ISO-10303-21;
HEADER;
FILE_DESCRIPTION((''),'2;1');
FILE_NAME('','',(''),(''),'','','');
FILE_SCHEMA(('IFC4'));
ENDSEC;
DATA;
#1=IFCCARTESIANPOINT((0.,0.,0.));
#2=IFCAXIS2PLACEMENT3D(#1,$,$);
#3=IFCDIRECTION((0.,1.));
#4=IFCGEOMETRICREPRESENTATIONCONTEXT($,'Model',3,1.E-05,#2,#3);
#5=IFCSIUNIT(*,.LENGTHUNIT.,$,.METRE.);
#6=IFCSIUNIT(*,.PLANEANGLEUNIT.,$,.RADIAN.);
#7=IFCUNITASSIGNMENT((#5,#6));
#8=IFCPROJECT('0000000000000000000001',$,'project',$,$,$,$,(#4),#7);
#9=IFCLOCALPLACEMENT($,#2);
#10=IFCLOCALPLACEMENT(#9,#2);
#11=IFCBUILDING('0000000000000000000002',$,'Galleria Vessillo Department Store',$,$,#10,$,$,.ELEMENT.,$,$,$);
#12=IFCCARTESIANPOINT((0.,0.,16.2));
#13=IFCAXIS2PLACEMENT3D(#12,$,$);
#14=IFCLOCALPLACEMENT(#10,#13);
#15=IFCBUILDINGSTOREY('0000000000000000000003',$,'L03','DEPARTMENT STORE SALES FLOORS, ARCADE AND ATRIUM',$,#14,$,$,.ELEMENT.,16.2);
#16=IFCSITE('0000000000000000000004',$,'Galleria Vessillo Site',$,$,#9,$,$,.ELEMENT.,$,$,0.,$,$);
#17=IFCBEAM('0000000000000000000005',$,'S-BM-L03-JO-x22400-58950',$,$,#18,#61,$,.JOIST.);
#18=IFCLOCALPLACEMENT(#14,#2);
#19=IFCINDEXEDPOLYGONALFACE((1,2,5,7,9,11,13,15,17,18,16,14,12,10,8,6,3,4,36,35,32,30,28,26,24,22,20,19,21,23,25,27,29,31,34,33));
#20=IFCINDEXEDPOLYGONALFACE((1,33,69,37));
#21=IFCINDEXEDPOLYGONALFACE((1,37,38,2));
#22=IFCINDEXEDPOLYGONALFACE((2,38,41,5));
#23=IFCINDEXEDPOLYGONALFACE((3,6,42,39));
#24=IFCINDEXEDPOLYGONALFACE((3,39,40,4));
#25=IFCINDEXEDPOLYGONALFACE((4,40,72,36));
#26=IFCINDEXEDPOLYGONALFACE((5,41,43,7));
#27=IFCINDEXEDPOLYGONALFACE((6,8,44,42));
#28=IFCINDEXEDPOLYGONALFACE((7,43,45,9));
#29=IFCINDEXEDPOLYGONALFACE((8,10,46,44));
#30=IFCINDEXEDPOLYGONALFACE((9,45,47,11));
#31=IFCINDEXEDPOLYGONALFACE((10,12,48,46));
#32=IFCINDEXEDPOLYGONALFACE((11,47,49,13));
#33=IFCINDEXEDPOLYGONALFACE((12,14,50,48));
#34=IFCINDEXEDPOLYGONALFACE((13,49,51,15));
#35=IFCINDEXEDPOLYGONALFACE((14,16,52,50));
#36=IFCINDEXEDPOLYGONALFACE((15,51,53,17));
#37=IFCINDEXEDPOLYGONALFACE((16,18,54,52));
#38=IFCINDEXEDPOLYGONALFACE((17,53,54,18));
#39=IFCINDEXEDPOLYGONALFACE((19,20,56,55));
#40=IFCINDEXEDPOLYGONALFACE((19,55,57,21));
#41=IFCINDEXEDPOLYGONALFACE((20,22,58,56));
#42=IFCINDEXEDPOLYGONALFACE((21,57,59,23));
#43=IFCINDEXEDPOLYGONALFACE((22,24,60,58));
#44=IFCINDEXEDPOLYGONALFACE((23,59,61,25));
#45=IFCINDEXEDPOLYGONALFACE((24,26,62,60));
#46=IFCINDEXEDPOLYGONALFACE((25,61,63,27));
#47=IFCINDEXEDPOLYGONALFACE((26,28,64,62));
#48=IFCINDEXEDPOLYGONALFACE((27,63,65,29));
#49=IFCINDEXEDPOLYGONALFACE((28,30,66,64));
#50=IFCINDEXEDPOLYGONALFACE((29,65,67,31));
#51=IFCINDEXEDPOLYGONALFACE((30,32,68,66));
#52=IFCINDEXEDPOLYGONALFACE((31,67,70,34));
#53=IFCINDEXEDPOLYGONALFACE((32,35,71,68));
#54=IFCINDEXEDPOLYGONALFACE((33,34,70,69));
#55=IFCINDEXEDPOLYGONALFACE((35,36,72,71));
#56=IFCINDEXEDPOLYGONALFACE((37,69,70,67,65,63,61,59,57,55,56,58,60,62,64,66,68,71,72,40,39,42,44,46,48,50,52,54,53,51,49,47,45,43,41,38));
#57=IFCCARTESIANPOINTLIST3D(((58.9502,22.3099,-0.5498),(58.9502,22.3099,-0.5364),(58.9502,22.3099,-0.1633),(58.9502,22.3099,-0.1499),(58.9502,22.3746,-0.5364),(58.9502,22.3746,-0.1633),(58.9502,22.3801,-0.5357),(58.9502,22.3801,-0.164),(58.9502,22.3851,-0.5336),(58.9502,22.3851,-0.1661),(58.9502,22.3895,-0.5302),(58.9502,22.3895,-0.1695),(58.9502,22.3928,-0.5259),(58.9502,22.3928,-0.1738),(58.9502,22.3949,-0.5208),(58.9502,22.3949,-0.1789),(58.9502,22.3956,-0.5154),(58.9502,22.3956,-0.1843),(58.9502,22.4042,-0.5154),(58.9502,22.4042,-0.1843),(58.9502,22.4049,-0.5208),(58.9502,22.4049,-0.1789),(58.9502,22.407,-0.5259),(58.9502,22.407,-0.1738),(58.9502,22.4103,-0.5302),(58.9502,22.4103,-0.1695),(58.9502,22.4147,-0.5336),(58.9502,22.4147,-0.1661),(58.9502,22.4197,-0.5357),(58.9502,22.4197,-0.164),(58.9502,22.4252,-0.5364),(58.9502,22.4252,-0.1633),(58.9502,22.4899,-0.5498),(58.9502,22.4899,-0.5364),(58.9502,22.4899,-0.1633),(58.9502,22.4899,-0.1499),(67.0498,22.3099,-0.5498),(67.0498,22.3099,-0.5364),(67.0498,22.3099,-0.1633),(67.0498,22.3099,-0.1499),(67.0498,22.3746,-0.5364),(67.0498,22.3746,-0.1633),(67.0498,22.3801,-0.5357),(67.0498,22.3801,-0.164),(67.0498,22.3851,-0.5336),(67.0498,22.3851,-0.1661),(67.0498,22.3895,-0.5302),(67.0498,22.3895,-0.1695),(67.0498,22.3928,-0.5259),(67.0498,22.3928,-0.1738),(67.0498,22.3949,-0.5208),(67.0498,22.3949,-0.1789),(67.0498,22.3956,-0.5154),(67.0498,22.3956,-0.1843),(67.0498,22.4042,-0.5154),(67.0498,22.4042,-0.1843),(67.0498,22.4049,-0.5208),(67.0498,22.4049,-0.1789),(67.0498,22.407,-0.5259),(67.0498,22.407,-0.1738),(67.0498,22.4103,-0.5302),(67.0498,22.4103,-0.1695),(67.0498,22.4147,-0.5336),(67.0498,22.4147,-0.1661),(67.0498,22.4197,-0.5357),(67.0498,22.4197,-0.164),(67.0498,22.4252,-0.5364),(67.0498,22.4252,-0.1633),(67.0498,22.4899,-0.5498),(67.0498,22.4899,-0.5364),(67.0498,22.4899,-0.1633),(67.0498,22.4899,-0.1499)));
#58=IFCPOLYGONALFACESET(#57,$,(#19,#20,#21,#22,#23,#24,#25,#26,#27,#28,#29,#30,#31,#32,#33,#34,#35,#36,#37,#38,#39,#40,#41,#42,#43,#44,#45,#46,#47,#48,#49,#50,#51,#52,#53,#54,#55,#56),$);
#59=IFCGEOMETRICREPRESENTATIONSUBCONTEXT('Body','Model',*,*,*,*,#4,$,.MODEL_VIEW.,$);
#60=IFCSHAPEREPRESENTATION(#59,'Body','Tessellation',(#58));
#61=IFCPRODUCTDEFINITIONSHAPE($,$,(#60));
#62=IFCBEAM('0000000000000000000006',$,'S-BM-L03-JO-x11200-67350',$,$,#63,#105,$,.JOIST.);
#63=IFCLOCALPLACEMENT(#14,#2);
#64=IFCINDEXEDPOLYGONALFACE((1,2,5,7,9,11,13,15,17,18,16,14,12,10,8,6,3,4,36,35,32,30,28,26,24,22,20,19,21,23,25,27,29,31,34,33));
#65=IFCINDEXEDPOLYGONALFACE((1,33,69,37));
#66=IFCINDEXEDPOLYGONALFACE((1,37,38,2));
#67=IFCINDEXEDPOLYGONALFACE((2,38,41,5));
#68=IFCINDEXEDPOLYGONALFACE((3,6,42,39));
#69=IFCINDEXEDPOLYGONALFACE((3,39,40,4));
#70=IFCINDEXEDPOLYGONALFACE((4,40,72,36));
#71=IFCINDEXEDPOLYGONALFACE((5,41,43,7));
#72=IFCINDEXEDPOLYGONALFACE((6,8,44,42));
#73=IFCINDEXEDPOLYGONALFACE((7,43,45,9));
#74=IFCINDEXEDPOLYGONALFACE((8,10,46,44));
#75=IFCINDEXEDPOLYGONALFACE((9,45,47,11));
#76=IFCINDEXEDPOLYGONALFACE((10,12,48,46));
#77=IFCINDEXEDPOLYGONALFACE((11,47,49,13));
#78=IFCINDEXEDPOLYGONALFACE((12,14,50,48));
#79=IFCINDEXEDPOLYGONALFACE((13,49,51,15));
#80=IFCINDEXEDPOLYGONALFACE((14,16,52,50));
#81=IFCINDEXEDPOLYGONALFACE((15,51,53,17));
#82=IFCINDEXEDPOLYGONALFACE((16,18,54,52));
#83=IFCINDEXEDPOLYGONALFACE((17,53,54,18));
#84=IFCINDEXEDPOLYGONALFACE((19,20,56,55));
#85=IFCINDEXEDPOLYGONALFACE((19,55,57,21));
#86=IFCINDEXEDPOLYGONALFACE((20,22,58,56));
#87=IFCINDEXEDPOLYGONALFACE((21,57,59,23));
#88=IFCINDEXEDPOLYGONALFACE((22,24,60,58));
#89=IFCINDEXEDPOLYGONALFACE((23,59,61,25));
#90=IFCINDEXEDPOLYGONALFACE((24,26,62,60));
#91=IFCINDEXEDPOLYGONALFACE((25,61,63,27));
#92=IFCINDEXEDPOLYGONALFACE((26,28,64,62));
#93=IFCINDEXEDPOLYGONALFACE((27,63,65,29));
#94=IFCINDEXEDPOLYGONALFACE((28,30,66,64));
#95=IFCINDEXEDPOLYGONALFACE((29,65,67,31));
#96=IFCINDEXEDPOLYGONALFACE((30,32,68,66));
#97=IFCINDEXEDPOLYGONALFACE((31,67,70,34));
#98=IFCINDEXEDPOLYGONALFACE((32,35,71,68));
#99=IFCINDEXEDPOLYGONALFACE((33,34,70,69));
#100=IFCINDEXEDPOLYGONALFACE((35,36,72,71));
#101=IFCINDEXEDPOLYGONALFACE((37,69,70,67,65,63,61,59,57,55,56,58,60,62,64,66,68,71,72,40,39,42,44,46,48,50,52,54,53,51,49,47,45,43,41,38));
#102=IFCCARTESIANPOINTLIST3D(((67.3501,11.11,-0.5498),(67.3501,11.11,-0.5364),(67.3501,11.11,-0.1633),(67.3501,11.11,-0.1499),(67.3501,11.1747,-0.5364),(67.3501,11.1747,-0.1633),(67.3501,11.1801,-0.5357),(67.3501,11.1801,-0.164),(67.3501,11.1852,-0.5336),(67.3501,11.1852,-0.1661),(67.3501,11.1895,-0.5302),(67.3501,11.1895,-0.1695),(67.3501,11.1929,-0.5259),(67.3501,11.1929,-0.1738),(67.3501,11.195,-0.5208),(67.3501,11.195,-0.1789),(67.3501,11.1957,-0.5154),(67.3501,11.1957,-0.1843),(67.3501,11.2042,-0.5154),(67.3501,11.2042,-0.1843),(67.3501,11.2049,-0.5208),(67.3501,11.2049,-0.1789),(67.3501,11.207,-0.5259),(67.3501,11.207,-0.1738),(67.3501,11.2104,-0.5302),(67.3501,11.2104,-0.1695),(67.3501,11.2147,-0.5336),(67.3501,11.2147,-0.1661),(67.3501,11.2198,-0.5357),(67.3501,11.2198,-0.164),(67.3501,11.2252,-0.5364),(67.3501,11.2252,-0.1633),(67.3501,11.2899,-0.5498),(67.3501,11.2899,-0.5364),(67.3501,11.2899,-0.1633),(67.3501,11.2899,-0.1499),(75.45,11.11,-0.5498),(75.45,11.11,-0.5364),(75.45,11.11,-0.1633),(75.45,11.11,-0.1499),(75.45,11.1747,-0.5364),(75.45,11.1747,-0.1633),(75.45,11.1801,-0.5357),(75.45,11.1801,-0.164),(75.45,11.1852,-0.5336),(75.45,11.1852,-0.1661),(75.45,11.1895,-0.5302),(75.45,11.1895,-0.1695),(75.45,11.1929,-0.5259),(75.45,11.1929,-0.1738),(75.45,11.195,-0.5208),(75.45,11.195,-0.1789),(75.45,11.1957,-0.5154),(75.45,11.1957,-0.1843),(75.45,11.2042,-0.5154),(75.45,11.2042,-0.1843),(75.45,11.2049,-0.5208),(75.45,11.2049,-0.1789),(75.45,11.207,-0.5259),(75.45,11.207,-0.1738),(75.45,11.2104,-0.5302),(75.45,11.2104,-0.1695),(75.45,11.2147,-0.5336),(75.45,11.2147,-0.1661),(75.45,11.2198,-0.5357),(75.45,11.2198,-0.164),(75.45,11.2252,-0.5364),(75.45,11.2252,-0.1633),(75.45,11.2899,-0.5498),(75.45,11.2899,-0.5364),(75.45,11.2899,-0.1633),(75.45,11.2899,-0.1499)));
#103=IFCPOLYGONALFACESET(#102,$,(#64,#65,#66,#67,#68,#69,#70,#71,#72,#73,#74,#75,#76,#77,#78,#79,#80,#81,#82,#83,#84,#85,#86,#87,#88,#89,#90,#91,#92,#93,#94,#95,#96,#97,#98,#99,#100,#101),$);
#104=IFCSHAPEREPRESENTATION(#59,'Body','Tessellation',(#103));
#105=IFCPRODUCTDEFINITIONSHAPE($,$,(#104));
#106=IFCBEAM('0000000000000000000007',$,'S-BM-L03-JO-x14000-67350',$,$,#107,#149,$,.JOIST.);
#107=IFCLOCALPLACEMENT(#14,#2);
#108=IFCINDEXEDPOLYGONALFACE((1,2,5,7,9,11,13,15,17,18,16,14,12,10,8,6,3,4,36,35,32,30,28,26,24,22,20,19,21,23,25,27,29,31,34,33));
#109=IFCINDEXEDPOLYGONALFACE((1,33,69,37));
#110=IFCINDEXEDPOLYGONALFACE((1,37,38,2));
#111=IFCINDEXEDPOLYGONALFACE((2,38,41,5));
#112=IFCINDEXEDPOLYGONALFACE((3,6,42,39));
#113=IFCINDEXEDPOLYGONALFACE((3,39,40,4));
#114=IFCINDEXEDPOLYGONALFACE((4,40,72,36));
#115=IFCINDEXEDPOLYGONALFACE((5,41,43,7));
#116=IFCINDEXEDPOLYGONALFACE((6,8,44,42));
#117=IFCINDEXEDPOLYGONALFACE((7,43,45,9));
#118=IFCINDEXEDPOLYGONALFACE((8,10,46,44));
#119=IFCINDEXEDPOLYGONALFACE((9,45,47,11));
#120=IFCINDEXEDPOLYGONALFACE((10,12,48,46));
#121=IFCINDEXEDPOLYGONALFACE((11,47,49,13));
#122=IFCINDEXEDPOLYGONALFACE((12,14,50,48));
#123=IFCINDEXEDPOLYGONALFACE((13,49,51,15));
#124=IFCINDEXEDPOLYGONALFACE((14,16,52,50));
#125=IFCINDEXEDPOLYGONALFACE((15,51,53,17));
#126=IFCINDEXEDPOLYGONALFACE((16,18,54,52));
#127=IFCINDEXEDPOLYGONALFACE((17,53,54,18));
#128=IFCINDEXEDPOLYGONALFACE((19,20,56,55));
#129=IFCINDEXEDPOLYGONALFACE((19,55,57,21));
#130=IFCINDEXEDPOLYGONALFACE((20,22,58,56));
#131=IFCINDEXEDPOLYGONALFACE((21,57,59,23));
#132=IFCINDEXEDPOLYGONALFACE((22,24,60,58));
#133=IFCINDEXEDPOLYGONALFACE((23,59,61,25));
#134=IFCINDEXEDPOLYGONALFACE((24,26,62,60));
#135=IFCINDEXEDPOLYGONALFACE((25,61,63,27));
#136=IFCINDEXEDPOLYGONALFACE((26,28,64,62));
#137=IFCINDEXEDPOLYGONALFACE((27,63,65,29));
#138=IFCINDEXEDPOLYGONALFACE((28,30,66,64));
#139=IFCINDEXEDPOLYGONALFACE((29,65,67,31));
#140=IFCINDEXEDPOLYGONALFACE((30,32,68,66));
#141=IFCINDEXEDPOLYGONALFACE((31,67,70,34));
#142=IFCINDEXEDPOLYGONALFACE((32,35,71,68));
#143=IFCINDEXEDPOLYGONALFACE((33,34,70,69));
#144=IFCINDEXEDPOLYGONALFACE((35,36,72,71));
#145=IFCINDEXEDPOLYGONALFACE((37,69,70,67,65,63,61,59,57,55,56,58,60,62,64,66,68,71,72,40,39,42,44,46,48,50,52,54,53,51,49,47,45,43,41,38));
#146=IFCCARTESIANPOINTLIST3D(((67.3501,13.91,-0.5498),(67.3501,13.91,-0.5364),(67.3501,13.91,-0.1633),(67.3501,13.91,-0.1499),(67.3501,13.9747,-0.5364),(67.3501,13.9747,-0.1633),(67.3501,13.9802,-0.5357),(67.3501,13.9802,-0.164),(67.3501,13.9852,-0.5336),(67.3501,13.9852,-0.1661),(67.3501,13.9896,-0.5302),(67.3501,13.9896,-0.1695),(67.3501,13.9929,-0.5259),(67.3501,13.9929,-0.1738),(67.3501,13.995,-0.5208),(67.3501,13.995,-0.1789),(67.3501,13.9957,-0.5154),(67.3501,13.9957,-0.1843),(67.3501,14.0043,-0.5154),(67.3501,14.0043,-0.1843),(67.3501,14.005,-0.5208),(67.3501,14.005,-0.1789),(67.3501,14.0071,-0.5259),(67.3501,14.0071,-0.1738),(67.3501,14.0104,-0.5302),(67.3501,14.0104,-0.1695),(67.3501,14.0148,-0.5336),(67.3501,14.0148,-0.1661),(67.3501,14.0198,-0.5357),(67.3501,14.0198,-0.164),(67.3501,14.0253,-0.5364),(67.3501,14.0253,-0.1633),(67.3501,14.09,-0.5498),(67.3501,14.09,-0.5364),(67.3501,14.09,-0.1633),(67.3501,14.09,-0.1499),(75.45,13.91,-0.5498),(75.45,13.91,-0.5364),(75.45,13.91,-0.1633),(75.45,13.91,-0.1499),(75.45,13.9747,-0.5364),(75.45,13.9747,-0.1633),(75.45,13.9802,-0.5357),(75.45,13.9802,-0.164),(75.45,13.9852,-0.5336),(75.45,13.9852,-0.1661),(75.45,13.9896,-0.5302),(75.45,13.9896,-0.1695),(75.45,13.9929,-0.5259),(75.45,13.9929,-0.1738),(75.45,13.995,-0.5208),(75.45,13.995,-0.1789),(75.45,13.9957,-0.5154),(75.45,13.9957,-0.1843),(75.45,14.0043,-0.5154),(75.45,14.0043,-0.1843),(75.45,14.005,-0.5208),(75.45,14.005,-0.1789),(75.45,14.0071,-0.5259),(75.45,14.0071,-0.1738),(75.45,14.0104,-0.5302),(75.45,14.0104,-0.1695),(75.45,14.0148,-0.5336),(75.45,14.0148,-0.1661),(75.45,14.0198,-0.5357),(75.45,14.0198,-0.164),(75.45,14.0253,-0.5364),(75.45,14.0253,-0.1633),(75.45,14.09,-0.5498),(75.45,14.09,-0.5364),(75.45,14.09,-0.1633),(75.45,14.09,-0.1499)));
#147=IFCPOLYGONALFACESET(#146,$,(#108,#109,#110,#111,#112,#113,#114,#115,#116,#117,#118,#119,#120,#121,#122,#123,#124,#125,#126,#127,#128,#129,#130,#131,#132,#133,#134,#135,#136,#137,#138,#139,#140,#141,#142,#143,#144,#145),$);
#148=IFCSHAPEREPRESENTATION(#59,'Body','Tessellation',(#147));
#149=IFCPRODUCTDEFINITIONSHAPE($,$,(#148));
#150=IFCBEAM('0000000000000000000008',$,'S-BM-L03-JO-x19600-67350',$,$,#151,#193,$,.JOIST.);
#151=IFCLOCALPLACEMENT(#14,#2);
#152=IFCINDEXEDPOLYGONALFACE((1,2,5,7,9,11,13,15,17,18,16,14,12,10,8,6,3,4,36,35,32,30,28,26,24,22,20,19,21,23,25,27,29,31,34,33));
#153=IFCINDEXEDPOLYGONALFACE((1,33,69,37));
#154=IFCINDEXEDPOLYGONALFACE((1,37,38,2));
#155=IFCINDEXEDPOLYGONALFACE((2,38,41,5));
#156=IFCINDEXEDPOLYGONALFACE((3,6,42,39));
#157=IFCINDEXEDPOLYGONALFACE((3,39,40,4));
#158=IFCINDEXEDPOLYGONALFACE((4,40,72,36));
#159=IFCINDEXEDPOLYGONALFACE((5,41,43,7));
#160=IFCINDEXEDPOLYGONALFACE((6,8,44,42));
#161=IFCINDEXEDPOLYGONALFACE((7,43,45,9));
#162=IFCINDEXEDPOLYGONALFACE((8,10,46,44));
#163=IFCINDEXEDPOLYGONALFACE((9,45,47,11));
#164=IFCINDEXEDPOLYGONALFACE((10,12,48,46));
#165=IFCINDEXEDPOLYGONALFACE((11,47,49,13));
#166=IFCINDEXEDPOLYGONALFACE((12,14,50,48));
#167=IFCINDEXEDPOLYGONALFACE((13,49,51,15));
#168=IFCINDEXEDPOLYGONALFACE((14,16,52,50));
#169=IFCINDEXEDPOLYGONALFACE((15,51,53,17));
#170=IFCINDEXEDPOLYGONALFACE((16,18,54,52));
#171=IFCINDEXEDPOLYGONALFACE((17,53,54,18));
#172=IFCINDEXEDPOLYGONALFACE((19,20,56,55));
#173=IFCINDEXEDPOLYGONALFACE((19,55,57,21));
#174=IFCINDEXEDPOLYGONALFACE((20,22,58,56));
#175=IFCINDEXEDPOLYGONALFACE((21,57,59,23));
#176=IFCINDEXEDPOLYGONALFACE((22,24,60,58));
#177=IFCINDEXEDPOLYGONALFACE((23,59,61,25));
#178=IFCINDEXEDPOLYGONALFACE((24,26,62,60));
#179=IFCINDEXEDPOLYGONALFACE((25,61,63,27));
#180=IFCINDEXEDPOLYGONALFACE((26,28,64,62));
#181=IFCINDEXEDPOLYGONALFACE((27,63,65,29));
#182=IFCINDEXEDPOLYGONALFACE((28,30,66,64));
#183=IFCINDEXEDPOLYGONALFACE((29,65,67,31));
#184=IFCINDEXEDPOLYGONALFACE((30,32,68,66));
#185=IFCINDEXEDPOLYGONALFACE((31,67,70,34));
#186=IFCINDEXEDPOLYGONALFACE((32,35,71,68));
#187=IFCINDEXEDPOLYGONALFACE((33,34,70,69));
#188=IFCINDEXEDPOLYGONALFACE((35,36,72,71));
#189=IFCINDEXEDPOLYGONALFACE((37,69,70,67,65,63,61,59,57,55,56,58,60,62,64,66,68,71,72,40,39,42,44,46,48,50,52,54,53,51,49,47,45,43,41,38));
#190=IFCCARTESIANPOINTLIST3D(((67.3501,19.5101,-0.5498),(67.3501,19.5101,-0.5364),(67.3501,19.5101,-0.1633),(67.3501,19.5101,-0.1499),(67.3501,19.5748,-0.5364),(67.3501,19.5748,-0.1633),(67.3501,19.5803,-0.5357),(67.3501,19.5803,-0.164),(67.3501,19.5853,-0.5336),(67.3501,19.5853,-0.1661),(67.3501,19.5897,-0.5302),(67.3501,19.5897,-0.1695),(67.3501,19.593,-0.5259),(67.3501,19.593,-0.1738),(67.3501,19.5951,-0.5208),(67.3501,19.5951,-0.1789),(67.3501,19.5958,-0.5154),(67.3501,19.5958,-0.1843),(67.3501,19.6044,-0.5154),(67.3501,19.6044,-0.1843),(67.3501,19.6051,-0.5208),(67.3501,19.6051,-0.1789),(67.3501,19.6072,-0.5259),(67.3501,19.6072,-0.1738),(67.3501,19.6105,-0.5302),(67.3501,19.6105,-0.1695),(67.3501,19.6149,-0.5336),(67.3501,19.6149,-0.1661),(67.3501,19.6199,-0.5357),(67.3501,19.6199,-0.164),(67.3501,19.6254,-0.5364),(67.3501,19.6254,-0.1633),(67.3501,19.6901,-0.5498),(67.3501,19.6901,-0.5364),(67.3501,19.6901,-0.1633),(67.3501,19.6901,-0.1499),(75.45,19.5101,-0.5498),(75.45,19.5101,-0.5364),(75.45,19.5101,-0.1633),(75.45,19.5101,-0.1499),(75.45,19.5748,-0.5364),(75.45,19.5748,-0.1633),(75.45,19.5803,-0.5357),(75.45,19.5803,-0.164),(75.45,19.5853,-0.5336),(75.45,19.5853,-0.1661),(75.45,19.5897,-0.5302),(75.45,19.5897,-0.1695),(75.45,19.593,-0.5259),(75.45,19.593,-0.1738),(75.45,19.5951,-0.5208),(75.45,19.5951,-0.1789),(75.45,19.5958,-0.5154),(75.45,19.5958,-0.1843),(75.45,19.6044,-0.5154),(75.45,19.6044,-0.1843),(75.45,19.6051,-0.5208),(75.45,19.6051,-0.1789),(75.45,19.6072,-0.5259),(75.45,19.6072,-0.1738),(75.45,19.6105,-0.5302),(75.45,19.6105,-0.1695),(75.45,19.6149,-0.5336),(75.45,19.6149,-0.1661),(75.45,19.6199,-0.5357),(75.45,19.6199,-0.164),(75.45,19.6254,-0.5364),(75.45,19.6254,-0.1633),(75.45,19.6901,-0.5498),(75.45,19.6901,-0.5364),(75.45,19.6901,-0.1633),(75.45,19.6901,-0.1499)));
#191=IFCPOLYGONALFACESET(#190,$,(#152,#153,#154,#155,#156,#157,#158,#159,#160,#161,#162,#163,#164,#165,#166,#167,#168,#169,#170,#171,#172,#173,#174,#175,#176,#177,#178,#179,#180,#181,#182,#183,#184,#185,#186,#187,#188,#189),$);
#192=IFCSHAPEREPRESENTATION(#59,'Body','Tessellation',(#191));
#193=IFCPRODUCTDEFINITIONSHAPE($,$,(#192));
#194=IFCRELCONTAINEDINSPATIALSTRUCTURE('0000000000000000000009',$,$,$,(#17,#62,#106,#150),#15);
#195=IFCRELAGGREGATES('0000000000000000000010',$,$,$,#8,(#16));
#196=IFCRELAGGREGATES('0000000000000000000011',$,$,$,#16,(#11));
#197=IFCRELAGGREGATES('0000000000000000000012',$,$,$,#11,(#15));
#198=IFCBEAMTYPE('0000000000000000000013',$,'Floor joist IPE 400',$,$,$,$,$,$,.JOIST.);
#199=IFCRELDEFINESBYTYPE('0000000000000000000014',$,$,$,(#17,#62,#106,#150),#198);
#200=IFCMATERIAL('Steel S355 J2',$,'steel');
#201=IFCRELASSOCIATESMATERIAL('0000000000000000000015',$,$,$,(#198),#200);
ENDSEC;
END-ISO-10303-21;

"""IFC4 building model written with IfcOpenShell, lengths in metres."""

from ifc_helpers import new_model, si_unit, direction, frame, origin, origin_2d, place, context, subcontext, project, spatial, i_section, extrude, material, material_profile, profile_set, type_object, element, save


model = new_model("IFC4")

# Units and contexts
model_context = context("Model", 3, precision=1e-05, world=origin(), true_north=direction((0.0, 1.0)))
body_context = subcontext(model_context, "Body", "Model", "MODEL_VIEW")
ifc_project = project(units=[si_unit("LENGTHUNIT", "METRE"), si_unit("PLANEANGLEUNIT", "RADIAN")], contexts=[model_context])

# Site, building, storey
site_placement = place(None, origin())
site = spatial("IfcSite", under=ifc_project, at=site_placement, Name="Galleria Vessillo Site", CompositionType="ELEMENT", RefElevation=0.0)
building_placement = place(site_placement, origin())
building = spatial("IfcBuilding", under=site, at=building_placement, Name="Galleria Vessillo Department Store", CompositionType="ELEMENT")
storey_placement = place(building_placement, frame((0.0, 0.0, 16.2)))
storey = spatial("IfcBuildingStorey", under=building, at=storey_placement, Name="L03", Description="DEPARTMENT STORE SALES FLOORS, ARCADE AND ATRIUM", CompositionType="ELEMENT", Elevation=16.2)

# Beams
ifc_material_1 = material(Name="Steel S355 J2", Category="steel")
ifc_material_profile_1 = material_profile(ifc_material_1, i_section(OverallWidth=0.1799, OverallDepth=0.3999, WebThickness=0.0085, FlangeThickness=0.0134, FilletRadius=0.021, at=origin_2d()), Name="IPE 400")
ifc_profile_set_1 = profile_set([ifc_material_profile_1], Name="Steel S355 J2")
beam_type_1 = type_object("IfcBeamType", Name="Floor joist IPE 400", PredefinedType="JOIST", material=ifc_profile_set_1)
for number, where, z_axis, x_axis, name in (
    (1, (58.9502, 22.3999, -0.3499), (1.0, 0.0, 0.0), (0.0, 1.0, 0.0), "S-BM-L03-JO-x22400-58950"),
):
    element("IfcBeam", number, at=place(storey_placement, frame(where, z_axis=z_axis, x_axis=x_axis)), inside=storey, type_object=beam_type_1, Name=name, PredefinedType="JOIST", context=body_context, shape_type="SweptSolid", body=[
        extrude(i_section(OverallWidth=0.1799, OverallDepth=0.3999, WebThickness=0.0085, FlangeThickness=0.0134, FilletRadius=0.021, at=origin_2d()), origin(), (0.0, 0.0, 1.0), 8.0996),
    ])
for number, where, z_axis, x_axis, name in (
    (2, (67.3501, 11.2, -0.3499), (1.0, 0.0, 0.0), (0.0, 1.0, 0.0), "S-BM-L03-JO-x11200-67350"),
    (3, (67.3501, 14.0, -0.3499), (1.0, 0.0, 0.0), (0.0, 1.0, 0.0), "S-BM-L03-JO-x14000-67350"),
    (4, (67.3501, 19.6001, -0.3499), (1.0, 0.0, 0.0), (0.0, 1.0, 0.0), "S-BM-L03-JO-x19600-67350"),
):
    element("IfcBeam", number, at=place(storey_placement, frame(where, z_axis=z_axis, x_axis=x_axis)), inside=storey, type_object=beam_type_1, Name=name, PredefinedType="JOIST", context=body_context, shape_type="SweptSolid", body=[
        extrude(i_section(OverallWidth=0.1799, OverallDepth=0.3999, WebThickness=0.0085, FlangeThickness=0.0134, FilletRadius=0.021, at=origin_2d()), origin(), (0.0, 0.0, 1.0), 8.0999),
    ])

save(model, "model.ifc")
